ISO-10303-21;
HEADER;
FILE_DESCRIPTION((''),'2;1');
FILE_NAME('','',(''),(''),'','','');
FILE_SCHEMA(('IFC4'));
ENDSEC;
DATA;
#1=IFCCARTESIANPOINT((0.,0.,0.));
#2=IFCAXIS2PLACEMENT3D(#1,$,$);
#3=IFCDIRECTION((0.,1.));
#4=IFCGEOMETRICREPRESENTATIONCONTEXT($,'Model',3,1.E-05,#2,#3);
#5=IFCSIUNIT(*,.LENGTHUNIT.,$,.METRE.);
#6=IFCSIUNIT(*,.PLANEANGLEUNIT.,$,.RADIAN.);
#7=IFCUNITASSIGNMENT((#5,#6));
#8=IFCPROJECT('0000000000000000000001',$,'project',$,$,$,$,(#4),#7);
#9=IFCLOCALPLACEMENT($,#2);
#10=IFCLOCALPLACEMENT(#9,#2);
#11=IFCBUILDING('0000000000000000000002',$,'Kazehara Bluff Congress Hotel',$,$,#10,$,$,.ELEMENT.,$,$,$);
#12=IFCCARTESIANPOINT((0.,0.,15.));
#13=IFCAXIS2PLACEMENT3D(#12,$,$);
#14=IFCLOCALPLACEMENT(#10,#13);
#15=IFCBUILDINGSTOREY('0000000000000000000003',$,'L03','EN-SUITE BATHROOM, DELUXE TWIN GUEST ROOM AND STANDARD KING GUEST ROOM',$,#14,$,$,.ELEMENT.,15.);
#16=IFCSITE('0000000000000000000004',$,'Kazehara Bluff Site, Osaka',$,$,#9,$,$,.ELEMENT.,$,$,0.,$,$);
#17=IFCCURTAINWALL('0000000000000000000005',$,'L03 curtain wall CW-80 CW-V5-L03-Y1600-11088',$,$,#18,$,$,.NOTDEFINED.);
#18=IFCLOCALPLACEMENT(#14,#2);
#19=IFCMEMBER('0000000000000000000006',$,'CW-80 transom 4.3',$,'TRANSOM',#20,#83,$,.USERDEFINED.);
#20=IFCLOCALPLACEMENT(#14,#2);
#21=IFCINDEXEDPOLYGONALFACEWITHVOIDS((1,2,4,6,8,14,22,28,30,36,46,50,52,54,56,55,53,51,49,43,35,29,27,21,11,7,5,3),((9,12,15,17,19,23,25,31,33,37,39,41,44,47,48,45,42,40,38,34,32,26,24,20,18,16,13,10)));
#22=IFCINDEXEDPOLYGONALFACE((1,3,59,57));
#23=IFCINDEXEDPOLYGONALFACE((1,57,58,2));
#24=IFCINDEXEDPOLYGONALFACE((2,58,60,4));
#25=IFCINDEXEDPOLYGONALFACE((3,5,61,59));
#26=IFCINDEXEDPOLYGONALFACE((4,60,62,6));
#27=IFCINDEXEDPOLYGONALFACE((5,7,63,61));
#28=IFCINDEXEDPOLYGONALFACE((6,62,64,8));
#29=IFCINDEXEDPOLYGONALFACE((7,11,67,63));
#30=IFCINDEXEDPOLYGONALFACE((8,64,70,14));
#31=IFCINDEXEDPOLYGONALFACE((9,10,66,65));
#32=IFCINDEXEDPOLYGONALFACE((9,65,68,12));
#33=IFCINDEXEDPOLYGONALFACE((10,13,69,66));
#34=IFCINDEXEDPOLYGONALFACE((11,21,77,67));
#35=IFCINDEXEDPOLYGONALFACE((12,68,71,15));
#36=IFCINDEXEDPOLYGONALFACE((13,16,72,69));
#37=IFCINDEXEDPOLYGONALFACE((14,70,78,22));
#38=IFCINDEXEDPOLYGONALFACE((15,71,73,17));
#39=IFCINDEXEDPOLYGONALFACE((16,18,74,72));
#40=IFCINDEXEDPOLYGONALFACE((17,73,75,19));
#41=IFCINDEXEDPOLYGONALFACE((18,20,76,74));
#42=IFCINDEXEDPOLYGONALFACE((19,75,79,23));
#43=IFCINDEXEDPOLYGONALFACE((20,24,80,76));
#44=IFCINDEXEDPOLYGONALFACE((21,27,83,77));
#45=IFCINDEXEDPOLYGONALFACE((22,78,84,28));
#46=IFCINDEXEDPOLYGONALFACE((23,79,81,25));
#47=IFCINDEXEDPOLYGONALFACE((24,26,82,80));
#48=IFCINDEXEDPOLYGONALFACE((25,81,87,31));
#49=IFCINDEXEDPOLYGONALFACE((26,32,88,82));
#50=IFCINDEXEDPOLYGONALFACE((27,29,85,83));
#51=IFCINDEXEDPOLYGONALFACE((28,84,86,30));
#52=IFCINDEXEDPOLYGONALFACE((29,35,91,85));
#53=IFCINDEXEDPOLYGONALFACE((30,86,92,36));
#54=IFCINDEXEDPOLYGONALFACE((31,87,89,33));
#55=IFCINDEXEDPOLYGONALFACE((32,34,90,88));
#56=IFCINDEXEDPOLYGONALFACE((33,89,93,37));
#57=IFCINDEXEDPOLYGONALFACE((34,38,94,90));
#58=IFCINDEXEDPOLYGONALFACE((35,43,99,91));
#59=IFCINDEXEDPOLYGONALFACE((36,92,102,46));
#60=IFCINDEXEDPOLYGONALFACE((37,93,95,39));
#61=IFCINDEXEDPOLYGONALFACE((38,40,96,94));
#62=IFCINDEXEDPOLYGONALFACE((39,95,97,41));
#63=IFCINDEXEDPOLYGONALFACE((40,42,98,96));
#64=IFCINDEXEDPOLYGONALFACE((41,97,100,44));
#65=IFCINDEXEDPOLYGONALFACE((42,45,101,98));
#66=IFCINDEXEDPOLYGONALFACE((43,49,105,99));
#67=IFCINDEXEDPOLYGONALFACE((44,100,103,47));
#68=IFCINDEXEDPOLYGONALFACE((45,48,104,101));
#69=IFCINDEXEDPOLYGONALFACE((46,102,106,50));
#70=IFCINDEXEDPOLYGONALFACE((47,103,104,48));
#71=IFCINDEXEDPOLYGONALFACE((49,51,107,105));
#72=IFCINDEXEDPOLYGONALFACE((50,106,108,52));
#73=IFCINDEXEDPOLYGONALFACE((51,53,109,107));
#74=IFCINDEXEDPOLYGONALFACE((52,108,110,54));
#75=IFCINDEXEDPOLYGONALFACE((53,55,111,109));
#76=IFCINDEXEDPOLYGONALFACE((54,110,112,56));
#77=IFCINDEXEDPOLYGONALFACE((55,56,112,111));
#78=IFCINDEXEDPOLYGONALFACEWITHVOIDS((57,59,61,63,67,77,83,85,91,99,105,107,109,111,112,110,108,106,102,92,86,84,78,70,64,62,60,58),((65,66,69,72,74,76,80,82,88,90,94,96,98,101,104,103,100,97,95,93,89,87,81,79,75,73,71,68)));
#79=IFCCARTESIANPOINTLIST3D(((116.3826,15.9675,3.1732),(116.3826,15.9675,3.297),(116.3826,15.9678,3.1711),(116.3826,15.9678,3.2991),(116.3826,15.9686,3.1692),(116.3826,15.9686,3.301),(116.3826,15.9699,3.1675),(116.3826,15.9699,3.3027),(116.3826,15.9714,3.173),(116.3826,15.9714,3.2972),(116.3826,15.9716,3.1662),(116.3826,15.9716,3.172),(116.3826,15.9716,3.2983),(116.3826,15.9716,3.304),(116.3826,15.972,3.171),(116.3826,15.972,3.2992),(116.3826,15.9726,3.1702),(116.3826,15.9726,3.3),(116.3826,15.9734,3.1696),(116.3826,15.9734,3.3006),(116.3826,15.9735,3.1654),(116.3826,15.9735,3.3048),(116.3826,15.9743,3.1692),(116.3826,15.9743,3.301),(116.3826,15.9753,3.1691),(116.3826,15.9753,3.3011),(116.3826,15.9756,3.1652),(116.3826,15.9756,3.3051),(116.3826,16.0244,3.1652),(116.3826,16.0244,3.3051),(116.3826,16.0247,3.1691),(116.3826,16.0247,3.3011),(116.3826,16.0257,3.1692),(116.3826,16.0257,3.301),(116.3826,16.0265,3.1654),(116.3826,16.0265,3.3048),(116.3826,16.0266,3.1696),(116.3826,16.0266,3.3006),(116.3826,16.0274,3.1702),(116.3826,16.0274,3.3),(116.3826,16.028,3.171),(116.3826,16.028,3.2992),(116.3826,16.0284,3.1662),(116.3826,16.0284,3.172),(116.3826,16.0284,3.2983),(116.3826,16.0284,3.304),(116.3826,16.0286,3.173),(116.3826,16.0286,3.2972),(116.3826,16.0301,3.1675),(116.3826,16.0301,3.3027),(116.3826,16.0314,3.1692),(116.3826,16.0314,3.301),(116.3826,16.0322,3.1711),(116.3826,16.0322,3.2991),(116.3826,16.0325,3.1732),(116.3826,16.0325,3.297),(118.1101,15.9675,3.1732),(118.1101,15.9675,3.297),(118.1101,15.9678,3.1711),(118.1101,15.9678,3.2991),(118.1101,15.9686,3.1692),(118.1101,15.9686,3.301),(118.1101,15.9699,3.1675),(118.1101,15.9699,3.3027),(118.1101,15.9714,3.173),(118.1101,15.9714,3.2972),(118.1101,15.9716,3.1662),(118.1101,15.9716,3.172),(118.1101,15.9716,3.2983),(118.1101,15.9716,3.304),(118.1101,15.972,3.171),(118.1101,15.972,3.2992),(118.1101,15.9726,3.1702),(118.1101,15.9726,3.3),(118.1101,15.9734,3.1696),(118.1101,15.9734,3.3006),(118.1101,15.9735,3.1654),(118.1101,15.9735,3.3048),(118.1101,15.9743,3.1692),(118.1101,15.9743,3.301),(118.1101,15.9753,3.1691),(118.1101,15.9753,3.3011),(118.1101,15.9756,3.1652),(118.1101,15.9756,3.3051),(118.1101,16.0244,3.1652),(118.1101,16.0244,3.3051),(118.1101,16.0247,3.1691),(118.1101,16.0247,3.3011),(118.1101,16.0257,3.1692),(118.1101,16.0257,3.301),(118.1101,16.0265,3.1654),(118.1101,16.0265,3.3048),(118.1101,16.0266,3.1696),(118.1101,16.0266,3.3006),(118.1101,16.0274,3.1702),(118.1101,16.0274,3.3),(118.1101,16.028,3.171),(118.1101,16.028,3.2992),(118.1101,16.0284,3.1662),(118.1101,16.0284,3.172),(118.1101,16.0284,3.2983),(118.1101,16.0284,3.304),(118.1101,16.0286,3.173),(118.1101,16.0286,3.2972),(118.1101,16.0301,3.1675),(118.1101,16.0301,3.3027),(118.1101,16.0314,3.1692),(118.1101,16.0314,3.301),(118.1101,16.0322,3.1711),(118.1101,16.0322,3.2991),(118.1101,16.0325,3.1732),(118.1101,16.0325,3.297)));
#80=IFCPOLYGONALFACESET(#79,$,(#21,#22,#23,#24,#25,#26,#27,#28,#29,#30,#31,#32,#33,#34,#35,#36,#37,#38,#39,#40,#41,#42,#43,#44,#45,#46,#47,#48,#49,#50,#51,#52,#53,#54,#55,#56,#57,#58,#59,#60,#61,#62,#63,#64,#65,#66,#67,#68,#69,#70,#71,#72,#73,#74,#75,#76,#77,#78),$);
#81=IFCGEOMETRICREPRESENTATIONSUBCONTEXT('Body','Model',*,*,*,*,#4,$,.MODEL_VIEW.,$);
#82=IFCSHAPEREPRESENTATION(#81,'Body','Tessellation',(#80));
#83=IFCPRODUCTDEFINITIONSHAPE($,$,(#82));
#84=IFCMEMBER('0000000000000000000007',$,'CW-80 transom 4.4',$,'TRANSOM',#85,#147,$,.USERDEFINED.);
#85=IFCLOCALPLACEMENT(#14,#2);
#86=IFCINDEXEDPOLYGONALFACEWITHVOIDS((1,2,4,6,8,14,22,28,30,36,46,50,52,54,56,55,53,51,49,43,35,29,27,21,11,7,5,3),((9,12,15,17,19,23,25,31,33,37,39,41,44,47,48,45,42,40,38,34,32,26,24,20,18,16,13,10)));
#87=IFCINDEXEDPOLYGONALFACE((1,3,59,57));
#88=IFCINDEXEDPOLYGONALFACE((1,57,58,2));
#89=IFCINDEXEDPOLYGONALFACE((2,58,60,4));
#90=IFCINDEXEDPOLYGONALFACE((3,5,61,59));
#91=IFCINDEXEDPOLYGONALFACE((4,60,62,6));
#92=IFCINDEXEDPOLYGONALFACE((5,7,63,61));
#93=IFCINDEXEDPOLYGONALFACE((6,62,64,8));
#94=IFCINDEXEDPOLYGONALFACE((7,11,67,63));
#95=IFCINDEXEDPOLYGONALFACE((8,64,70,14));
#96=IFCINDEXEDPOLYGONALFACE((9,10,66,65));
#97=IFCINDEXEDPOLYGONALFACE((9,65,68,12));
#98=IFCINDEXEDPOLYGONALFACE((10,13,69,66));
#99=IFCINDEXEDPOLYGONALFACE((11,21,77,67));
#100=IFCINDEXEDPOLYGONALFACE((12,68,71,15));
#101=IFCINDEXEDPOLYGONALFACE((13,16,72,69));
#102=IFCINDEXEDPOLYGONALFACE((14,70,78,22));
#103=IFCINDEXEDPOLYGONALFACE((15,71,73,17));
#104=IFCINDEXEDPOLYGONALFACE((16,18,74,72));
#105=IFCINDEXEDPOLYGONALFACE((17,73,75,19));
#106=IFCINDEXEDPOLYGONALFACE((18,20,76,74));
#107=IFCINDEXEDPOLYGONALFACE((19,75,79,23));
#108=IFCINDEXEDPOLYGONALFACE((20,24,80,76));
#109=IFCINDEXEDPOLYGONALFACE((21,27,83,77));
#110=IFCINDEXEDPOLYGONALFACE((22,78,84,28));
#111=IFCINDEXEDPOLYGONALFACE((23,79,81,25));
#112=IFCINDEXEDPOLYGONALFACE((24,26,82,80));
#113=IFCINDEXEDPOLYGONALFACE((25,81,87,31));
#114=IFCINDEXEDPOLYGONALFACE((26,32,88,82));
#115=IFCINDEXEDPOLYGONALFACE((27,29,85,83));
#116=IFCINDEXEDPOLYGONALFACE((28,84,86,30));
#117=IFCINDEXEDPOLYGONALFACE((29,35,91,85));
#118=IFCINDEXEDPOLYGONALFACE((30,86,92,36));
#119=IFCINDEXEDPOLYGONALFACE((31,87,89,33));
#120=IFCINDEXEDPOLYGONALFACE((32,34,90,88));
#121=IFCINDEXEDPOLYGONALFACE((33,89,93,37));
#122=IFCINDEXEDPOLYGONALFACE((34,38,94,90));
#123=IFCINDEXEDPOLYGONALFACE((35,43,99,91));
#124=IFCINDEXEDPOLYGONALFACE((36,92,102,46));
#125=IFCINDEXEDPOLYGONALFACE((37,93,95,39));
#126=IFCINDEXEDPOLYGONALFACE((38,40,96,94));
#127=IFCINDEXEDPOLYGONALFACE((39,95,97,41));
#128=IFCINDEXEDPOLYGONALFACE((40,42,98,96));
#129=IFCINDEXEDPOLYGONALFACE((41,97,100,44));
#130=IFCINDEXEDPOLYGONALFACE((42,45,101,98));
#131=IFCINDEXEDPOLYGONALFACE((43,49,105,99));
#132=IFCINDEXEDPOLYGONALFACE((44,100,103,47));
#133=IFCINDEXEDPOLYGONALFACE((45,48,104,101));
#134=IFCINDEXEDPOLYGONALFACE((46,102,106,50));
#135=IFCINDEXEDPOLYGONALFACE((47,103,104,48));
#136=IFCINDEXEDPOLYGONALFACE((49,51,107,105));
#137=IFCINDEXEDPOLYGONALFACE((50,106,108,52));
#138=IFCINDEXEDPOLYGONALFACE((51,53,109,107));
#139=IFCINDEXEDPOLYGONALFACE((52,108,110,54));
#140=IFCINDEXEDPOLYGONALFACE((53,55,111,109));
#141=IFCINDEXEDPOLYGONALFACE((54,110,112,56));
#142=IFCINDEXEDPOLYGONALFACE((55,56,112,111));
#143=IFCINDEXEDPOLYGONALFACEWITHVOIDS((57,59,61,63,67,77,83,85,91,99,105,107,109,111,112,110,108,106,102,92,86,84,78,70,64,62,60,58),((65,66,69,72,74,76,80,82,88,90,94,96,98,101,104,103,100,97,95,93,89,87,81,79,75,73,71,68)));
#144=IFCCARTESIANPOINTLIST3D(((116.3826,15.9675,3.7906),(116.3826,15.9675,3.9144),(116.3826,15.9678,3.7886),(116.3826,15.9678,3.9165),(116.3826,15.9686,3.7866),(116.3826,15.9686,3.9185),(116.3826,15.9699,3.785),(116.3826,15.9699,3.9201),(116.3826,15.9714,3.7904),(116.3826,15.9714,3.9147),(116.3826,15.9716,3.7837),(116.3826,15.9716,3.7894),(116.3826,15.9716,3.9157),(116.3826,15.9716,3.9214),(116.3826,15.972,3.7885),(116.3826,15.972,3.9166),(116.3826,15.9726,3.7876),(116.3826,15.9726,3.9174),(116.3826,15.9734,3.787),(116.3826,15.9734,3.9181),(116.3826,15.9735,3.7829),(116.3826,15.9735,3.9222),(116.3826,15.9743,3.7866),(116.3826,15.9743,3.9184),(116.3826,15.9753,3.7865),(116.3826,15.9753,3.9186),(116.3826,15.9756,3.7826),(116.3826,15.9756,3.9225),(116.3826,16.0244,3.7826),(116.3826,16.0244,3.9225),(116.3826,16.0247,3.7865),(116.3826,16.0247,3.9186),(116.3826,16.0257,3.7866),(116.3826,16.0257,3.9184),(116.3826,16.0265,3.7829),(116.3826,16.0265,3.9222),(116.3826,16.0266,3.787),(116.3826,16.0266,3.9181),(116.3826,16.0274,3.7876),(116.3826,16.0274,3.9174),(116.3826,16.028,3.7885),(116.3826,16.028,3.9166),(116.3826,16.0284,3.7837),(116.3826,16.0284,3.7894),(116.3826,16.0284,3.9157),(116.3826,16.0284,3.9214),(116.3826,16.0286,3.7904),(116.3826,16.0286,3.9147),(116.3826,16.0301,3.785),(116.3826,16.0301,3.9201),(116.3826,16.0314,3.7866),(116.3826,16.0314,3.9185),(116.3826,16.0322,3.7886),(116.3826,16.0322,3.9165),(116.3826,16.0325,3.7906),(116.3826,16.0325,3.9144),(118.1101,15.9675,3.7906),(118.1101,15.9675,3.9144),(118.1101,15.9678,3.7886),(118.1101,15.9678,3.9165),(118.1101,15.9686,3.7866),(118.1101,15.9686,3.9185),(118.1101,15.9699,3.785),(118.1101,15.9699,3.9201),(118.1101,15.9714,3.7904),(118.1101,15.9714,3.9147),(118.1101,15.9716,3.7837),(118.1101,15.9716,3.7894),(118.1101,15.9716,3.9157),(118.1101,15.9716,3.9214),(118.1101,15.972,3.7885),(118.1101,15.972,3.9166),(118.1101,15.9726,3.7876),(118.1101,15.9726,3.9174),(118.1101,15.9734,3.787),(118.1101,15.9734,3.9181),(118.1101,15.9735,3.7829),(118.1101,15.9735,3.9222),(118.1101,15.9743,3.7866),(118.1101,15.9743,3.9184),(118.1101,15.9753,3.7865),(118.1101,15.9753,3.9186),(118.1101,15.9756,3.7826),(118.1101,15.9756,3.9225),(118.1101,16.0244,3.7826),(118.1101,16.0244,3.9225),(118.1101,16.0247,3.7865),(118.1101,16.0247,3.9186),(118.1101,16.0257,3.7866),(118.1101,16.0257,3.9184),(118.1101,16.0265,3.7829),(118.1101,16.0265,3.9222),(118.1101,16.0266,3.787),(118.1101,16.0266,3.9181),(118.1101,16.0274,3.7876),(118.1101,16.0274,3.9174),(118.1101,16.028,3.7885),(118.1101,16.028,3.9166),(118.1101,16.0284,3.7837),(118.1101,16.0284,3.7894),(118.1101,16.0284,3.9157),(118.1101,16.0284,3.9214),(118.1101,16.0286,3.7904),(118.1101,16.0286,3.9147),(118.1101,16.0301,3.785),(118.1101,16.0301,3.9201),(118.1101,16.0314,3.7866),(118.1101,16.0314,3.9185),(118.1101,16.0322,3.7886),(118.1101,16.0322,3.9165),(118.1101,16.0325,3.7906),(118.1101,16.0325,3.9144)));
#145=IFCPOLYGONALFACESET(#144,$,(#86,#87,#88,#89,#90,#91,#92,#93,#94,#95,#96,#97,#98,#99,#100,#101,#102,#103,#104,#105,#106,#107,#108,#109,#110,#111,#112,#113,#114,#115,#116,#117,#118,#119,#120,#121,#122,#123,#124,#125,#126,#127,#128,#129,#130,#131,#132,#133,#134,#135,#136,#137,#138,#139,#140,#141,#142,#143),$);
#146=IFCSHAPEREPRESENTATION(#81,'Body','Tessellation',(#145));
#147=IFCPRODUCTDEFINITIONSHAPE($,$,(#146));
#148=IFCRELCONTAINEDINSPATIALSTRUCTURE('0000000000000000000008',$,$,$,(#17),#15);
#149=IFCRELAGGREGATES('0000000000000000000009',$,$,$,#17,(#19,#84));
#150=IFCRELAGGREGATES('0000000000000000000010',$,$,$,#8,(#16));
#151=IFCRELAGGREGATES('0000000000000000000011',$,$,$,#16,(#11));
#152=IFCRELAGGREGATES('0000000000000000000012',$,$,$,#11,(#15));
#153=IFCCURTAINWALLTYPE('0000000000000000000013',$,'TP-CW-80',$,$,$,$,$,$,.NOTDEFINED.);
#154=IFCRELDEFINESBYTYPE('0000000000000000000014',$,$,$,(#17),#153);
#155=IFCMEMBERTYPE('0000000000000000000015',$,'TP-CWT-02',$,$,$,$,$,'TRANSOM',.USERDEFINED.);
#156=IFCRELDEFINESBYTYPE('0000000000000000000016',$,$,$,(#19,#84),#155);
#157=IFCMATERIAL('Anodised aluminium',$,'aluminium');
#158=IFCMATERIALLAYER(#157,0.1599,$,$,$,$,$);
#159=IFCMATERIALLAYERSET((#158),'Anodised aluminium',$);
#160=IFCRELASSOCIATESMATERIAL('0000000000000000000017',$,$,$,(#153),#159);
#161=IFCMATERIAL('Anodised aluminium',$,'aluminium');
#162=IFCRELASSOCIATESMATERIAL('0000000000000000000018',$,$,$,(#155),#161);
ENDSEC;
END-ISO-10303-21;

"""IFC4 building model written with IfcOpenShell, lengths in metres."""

from ifc_helpers import new_model, si_unit, direction, frame, origin, origin_2d, place, context, subcontext, project, spatial, hollow_rectangle, extrude, material, layer, layer_set, material_profile, profile_set, type_object, element, aggregate, save


model = new_model("IFC4")

# Units and contexts
model_context = context("Model", 3, precision=1e-05, world=origin(), true_north=direction((0.0, 1.0)))
body_context = subcontext(model_context, "Body", "Model", "MODEL_VIEW")
ifc_project = project(units=[si_unit("LENGTHUNIT", "METRE"), si_unit("PLANEANGLEUNIT", "RADIAN")], contexts=[model_context])

# Site, building, storey
site_placement = place(None, origin())
site = spatial("IfcSite", under=ifc_project, at=site_placement, Name="Kazehara Bluff Site, Osaka", CompositionType="ELEMENT", RefElevation=0.0)
building_placement = place(site_placement, origin())
building = spatial("IfcBuilding", under=site, at=building_placement, Name="Kazehara Bluff Congress Hotel", CompositionType="ELEMENT")
storey_placement = place(building_placement, frame((0.0, 0.0, 15.0)))
storey = spatial("IfcBuildingStorey", under=building, at=storey_placement, Name="L03", Description="EN-SUITE BATHROOM, DELUXE TWIN GUEST ROOM AND STANDARD KING GUEST ROOM", CompositionType="ELEMENT", Elevation=15.0)

# Curtain wall
ifc_material_1 = material(Name="Anodised aluminium", Category="aluminium")
ifc_layer_1 = layer(ifc_material_1, 0.1599)
ifc_layer_set_1 = layer_set([ifc_layer_1], Name="Anodised aluminium")
curtain_wall_type_1 = type_object("IfcCurtainWallType", Name="TP-CW-80", PredefinedType="NOTDEFINED", material=ifc_layer_set_1)
curtain_wall_1_placement = place(storey_placement, origin())
curtain_wall_1 = element("IfcCurtainWall", 1, at=curtain_wall_1_placement, inside=storey, type_object=curtain_wall_type_1, Name="L03 curtain wall CW-80 CW-V5-L03-Y1600-11088", PredefinedType="NOTDEFINED")

# Members
ifc_material_2 = material(Name="Anodised aluminium", Category="aluminium")
ifc_material_profile_1 = material_profile(ifc_material_2, hollow_rectangle(XDim=0.0649, YDim=0.1399, WallThickness=0.0039, InnerFilletRadius=0.0039, OuterFilletRadius=0.0081, at=origin_2d()))
ifc_profile_set_1 = profile_set([ifc_material_profile_1], Name="Anodised aluminium")
member_type_1 = type_object("IfcMemberType", Name="TP-CWT-02", ElementType="TRANSOM", PredefinedType="USERDEFINED", material=ifc_profile_set_1)
member_1_placement = place(storey_placement, frame((116.3826, 16.0, 3.2351), z_axis=(1.0, 0.0, 0.0), x_axis=(0.0, 1.0, 0.0)))
member_1 = element("IfcMember", 2, at=member_1_placement, type_object=member_type_1, Name="CW-80 transom 4.3", ObjectType="TRANSOM", PredefinedType="USERDEFINED", context=body_context, shape_type="SweptSolid", body=[
    extrude(hollow_rectangle(XDim=0.0649, YDim=0.1399, WallThickness=0.0039, InnerFilletRadius=0.0039, OuterFilletRadius=0.0081, at=origin_2d()), origin(), (0.0, 0.0, 1.0), 1.7275),
])
member_2_placement = place(storey_placement, frame((116.3826, 16.0, 3.8525), z_axis=(1.0, 0.0, 0.0), x_axis=(0.0, 1.0, 0.0)))
member_2 = element("IfcMember", 3, at=member_2_placement, type_object=member_type_1, Name="CW-80 transom 4.4", ObjectType="TRANSOM", PredefinedType="USERDEFINED", context=body_context, shape_type="SweptSolid", body=[
    extrude(hollow_rectangle(XDim=0.0649, YDim=0.1399, WallThickness=0.0039, InnerFilletRadius=0.0039, OuterFilletRadius=0.0081, at=origin_2d()), origin(), (0.0, 0.0, 1.0), 1.7275),
])

aggregate(curtain_wall_1, [member_1, member_2])

save(model, "model.ifc")
